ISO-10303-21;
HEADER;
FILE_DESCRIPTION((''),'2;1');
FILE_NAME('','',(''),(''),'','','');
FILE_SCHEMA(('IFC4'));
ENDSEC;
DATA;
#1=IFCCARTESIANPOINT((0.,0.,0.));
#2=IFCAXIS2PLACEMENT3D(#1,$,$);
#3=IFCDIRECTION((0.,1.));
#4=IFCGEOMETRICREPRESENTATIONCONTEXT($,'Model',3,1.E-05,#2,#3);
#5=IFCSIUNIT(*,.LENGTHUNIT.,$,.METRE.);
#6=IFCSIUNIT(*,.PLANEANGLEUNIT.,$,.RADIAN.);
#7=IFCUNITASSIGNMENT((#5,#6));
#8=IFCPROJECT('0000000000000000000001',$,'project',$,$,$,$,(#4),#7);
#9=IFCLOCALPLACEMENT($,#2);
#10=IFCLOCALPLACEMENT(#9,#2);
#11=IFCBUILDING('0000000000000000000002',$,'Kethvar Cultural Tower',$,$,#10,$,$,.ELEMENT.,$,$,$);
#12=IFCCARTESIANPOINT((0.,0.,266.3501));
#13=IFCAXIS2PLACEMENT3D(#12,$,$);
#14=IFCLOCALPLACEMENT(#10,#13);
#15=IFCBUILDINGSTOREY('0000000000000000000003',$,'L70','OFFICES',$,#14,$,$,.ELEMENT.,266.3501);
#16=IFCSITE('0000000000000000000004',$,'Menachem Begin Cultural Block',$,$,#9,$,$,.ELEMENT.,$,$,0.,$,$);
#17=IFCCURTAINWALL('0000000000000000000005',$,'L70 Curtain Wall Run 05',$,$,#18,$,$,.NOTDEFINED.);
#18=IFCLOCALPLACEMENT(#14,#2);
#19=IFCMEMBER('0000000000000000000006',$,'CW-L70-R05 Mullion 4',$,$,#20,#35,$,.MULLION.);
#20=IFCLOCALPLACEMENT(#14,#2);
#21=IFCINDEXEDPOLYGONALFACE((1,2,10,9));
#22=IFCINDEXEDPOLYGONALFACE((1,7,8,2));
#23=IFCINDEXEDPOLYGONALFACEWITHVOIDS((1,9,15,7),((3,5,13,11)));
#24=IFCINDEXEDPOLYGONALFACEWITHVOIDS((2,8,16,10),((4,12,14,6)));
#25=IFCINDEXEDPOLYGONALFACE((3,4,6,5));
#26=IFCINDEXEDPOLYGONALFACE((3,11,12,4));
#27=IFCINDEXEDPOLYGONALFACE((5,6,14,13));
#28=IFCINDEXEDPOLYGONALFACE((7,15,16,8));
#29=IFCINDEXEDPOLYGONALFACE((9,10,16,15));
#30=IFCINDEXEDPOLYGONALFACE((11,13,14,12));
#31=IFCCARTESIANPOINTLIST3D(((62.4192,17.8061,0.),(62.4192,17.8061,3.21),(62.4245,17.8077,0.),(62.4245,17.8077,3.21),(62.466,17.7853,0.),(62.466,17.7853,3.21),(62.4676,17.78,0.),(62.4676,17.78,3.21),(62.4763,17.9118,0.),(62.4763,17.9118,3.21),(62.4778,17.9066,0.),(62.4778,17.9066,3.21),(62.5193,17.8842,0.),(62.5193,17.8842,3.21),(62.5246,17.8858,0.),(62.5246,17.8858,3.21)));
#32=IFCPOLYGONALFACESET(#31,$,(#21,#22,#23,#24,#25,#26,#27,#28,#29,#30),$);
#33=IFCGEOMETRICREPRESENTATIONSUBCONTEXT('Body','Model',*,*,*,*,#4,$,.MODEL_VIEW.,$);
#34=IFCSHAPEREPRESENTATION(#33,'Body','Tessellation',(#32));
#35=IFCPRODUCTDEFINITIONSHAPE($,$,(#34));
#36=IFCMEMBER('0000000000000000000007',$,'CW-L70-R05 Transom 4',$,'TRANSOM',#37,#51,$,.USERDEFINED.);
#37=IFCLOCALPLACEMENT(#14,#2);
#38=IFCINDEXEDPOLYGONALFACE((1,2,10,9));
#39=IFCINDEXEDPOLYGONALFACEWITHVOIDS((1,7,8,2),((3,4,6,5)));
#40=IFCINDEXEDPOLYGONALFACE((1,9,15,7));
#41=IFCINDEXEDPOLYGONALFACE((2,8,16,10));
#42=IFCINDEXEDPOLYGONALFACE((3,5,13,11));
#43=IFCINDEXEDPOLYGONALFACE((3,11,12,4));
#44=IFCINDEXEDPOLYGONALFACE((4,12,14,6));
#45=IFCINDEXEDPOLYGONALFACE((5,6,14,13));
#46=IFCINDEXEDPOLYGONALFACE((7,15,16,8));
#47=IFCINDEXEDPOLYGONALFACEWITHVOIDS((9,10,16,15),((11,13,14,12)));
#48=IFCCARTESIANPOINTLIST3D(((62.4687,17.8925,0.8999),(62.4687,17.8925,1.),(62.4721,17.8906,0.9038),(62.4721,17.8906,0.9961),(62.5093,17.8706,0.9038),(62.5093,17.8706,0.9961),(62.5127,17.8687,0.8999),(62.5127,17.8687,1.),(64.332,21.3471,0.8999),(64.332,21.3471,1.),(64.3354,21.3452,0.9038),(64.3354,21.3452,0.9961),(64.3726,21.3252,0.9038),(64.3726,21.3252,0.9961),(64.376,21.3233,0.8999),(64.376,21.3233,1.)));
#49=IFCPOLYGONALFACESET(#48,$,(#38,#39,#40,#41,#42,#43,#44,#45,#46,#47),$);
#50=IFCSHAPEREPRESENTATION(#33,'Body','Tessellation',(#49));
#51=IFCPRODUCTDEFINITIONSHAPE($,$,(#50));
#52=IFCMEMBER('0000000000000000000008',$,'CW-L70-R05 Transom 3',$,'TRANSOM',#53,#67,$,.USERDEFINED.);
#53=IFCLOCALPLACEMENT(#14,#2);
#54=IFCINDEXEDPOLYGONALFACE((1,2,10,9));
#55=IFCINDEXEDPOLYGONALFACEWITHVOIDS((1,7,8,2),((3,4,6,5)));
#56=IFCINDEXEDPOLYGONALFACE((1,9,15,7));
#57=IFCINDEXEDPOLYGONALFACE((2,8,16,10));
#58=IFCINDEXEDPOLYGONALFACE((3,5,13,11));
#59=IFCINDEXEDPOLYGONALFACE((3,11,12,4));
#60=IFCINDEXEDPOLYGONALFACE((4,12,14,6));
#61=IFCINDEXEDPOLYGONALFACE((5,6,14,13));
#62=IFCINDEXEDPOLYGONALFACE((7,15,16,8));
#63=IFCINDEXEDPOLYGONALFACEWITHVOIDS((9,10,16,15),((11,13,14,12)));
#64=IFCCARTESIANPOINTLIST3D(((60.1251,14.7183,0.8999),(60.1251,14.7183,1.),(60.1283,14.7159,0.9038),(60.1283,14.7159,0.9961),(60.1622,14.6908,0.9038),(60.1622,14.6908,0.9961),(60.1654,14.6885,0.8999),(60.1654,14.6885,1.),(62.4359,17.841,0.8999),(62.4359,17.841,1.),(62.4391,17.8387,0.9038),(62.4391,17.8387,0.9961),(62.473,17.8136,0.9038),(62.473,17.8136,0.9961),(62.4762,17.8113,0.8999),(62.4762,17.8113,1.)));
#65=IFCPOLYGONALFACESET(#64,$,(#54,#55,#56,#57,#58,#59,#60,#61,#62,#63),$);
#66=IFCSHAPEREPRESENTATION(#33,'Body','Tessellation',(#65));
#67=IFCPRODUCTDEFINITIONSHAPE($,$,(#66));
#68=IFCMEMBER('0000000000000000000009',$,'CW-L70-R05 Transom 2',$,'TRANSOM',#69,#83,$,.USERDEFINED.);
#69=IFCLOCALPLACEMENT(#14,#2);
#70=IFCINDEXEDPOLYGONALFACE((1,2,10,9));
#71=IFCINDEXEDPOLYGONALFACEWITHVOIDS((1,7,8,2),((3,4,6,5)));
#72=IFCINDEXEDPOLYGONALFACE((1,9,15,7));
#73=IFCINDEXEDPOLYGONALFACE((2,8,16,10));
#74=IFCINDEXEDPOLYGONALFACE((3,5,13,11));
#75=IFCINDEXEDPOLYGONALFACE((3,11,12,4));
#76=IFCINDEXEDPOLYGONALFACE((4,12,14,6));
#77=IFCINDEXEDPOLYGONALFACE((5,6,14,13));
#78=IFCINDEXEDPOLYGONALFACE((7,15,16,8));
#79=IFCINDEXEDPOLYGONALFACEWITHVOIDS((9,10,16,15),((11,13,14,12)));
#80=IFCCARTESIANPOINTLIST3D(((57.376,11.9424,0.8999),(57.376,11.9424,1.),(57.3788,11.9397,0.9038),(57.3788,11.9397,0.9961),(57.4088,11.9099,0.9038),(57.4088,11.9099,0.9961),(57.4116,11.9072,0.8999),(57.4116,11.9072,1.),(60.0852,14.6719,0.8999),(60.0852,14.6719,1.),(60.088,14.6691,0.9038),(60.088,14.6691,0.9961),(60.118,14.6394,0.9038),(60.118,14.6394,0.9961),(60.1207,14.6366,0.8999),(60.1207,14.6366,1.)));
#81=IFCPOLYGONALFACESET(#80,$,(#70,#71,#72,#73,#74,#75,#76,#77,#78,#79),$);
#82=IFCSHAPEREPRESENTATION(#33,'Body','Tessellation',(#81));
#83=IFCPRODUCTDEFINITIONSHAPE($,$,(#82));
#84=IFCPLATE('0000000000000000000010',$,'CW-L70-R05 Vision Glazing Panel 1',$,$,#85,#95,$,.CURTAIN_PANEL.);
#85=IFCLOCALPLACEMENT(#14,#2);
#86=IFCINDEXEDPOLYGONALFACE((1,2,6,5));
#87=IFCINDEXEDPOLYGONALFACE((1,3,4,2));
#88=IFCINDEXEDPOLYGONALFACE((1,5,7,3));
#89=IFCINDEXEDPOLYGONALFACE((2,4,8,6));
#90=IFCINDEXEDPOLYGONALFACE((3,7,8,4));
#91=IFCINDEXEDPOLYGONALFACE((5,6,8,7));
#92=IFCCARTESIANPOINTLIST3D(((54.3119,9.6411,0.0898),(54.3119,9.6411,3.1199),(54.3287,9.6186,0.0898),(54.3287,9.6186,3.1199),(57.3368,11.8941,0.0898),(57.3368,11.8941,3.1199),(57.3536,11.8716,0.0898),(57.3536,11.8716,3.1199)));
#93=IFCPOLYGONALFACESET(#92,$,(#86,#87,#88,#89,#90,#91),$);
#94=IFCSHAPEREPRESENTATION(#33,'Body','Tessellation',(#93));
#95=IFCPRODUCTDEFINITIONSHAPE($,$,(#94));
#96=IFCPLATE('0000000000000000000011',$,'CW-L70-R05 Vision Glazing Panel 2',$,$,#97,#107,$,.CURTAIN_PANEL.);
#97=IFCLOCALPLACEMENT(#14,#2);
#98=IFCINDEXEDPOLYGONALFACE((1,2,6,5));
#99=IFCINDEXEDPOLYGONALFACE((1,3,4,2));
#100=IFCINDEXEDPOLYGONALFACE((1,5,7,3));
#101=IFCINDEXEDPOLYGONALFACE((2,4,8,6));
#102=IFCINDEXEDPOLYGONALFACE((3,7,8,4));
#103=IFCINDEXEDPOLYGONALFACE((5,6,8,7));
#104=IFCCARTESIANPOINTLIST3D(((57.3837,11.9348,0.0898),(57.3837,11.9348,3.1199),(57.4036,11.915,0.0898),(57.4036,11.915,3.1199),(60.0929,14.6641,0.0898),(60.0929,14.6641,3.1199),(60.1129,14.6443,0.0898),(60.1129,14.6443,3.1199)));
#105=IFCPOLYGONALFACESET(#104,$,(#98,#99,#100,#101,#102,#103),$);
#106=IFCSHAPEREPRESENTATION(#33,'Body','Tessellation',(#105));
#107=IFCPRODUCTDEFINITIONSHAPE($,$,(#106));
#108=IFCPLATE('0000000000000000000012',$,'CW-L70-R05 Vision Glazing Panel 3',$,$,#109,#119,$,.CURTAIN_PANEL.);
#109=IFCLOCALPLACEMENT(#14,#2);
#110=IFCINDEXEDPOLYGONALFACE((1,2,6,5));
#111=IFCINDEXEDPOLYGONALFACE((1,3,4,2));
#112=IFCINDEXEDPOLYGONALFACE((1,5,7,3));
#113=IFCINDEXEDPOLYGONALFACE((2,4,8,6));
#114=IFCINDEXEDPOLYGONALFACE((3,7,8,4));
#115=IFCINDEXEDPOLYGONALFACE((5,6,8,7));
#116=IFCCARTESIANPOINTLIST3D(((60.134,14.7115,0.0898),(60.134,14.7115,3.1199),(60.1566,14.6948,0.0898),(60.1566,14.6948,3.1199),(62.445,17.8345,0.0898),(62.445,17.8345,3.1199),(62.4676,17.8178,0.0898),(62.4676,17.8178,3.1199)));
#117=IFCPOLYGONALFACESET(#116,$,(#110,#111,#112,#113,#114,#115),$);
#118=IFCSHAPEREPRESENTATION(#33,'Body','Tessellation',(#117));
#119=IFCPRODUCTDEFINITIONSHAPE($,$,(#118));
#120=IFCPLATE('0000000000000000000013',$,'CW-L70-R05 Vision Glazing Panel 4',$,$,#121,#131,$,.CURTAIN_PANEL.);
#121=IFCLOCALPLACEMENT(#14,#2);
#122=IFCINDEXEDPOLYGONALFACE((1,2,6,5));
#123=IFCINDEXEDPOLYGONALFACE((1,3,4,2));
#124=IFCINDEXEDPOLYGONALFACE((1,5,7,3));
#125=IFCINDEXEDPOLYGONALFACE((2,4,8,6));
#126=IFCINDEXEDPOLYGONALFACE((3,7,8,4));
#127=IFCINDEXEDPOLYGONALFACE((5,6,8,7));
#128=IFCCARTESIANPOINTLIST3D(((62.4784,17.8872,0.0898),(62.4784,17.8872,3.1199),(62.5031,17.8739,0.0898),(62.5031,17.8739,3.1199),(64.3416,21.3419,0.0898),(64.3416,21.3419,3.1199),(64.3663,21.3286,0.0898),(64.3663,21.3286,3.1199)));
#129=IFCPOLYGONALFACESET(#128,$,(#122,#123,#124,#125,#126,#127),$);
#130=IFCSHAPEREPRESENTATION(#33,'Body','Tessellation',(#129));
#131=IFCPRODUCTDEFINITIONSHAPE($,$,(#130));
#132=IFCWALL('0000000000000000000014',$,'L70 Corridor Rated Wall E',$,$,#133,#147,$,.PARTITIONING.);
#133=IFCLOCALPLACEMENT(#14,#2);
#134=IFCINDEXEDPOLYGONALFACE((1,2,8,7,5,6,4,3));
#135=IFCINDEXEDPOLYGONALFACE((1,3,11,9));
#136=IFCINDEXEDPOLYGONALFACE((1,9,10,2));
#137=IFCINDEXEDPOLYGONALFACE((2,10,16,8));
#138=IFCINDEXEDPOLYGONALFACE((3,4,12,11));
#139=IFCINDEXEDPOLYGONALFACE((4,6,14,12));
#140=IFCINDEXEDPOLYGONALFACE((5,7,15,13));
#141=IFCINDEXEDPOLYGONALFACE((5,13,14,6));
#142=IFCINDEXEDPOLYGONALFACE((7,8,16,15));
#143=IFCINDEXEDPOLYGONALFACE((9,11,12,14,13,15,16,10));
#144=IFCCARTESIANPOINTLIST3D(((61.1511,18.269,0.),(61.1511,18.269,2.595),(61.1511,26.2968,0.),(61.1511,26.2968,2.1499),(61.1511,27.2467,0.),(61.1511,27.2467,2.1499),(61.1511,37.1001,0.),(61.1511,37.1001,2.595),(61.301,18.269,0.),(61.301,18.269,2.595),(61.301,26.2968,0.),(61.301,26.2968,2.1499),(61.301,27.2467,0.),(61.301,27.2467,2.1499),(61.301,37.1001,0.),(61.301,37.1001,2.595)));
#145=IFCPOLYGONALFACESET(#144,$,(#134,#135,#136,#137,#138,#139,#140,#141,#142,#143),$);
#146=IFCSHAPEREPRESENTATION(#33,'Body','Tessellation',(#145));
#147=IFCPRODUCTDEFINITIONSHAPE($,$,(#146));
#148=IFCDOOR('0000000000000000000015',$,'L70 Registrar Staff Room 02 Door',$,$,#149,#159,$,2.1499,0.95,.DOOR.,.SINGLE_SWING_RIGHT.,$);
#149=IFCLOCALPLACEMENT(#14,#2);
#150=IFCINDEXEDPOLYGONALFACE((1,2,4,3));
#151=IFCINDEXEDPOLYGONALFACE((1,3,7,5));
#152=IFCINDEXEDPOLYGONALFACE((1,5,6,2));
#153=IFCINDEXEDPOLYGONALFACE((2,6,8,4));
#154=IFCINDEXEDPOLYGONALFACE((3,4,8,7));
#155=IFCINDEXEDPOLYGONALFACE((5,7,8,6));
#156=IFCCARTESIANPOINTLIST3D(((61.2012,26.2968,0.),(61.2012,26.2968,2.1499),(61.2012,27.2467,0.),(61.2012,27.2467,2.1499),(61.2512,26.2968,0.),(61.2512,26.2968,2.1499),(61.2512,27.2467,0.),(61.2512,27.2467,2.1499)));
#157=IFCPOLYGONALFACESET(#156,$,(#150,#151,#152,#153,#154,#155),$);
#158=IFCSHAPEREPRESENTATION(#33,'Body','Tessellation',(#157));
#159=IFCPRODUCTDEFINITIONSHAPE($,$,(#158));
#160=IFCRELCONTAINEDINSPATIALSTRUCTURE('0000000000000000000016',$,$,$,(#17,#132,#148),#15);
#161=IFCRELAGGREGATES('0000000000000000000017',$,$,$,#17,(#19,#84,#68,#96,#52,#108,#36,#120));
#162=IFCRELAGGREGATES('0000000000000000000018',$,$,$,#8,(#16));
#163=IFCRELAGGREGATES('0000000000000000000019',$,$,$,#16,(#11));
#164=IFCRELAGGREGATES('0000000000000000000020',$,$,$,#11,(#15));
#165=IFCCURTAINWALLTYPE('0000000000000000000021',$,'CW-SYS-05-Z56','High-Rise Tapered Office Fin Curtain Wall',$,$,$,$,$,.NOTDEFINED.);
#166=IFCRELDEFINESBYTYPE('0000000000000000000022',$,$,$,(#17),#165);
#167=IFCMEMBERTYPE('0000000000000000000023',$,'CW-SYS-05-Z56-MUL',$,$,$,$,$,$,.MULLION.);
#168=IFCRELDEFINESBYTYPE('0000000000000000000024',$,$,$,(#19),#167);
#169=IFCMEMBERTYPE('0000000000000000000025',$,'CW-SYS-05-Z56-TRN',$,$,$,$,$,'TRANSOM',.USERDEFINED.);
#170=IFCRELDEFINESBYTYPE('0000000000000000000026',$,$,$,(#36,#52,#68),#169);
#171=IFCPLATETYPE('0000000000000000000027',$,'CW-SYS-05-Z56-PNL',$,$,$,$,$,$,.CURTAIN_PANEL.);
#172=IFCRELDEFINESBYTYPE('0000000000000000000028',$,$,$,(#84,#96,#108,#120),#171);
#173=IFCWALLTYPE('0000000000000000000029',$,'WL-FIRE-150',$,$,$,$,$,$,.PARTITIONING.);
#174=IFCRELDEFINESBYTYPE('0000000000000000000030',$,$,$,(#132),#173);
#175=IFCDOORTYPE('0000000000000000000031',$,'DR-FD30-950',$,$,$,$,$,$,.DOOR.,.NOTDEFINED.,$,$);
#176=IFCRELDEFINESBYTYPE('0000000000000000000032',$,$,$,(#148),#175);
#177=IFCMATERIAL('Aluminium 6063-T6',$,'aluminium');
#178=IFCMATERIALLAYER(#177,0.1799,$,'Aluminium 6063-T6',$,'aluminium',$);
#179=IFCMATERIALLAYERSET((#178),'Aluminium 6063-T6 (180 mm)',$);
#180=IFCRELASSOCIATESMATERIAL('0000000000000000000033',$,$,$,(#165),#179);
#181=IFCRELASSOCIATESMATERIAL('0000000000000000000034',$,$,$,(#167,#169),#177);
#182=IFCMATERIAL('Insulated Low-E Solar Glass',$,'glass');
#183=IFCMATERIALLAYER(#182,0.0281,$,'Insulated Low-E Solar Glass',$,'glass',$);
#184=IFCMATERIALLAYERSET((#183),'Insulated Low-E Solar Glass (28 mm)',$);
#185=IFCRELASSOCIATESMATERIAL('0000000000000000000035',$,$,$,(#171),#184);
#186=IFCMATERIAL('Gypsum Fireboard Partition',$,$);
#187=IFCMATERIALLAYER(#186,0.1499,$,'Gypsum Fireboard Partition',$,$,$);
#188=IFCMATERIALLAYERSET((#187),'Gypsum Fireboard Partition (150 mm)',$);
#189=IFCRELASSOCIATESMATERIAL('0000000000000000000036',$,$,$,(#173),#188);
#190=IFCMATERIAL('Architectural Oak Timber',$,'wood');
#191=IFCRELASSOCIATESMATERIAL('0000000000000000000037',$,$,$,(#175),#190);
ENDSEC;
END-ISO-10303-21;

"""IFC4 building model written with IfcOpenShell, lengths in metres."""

from ifc_helpers import new_model, si_unit, direction, frame, frame_2d, origin, origin_2d, place, context, subcontext, project, spatial, rectangle, hollow_rectangle, extrude, source, transform, mapped, material, layer, layer_set, material_profile, profile_set, type_object, element, fill, aggregate, save


model = new_model("IFC4")

# Units and contexts
model_context = context("Model", 3, precision=1e-05, world=origin(), true_north=direction((0.0, 1.0)))
body_context = subcontext(model_context, "Body", "Model", "MODEL_VIEW")
ifc_project = project(units=[si_unit("LENGTHUNIT", "METRE"), si_unit("PLANEANGLEUNIT", "RADIAN")], contexts=[model_context])

# Site, building, storey
site_placement = place(None, origin())
site = spatial("IfcSite", under=ifc_project, at=site_placement, Name="Menachem Begin Cultural Block", CompositionType="ELEMENT", RefElevation=0.0)
building_placement = place(site_placement, origin())
building = spatial("IfcBuilding", under=site, at=building_placement, Name="Kethvar Cultural Tower", CompositionType="ELEMENT")
storey_placement = place(building_placement, frame((0.0, 0.0, 266.3501)))
storey = spatial("IfcBuildingStorey", under=building, at=storey_placement, Name="L70", Description="OFFICES", CompositionType="ELEMENT", Elevation=266.3501)

# Curtain wall, members, plates
ifc_material_1 = material(Name="Aluminium 6063-T6", Category="aluminium")
ifc_layer_1 = layer(ifc_material_1, 0.1799, Name="Aluminium 6063-T6", Category="aluminium")
ifc_layer_set_1 = layer_set([ifc_layer_1], Name="Aluminium 6063-T6 (180 mm)")
curtain_wall_type = type_object("IfcCurtainWallType", Name="CW-SYS-05-Z56", Description="High-Rise Tapered Office Fin Curtain Wall", PredefinedType="NOTDEFINED", material=ifc_layer_set_1)
curtain_wall_placement = place(storey_placement, origin())
curtain_wall = element("IfcCurtainWall", 1, at=curtain_wall_placement, inside=storey, type_object=curtain_wall_type, Name="L70 Curtain Wall Run 05", PredefinedType="NOTDEFINED")
ifc_material_profile_1 = material_profile(ifc_material_1, hollow_rectangle(XDim=0.0549, YDim=0.1201, WallThickness=0.0039, at=origin_2d()), Name="Aluminium 6063-T6 — RHS120x55x4")
ifc_profile_set_1 = profile_set([ifc_material_profile_1], Name="Aluminium 6063-T6 — RHS120x55x4")
member_type_1 = type_object("IfcMemberType", Name="CW-SYS-05-Z56-MUL", PredefinedType="MULLION", material=ifc_profile_set_1)
shared_shape_1 = source(origin(), body_context, "Body", "SweptSolid", [
    extrude(hollow_rectangle(XDim=0.0549, YDim=0.1201, WallThickness=0.0039, at=origin_2d()), origin(), (0.0, 0.0, 1.0), 3.21),
])
member_1_placement = place(storey_placement, frame((62.4719, 17.8459, 0.0), z_axis=(0.0, 0.0, 1.0), x_axis=(-0.880154, 0.474687, 0.0)))
member_1 = element("IfcMember", 2, at=member_1_placement, type_object=member_type_1, Name="CW-L70-R05 Mullion 4", PredefinedType="MULLION", context=body_context, shape_type="MappedRepresentation", body=[
    mapped(shared_shape_1, transform((0.0, 0.0, 0.0), scale=1.0)),
])
ifc_material_profile_2 = material_profile(ifc_material_1, hollow_rectangle(XDim=0.05, YDim=0.1001, WallThickness=0.0039, at=origin_2d()), Name="Aluminium 6063-T6 — RHS100x50x4")
ifc_profile_set_2 = profile_set([ifc_material_profile_2], Name="Aluminium 6063-T6 — RHS100x50x4")
member_type_2 = type_object("IfcMemberType", Name="CW-SYS-05-Z56-TRN", ElementType="TRANSOM", PredefinedType="USERDEFINED", material=ifc_profile_set_2)
shared_shape_2 = source(origin(), body_context, "Body", "SweptSolid", [
    extrude(hollow_rectangle(XDim=0.05, YDim=0.1001, WallThickness=0.0039, at=origin_2d()), origin(), (0.0, 0.0, 1.0), 3.925),
])
member_2_placement = place(storey_placement, frame((62.4907, 17.8806, 0.95), z_axis=(0.474715, 0.880139, 0.0), x_axis=(-0.880139, 0.474715, 0.0)))
member_2 = element("IfcMember", 3, at=member_2_placement, type_object=member_type_2, Name="CW-L70-R05 Transom 4", ObjectType="TRANSOM", PredefinedType="USERDEFINED", context=body_context, shape_type="MappedRepresentation", body=[
    mapped(shared_shape_2, transform((0.0, 0.0, 0.0), scale=1.0)),
])
shared_shape_3 = source(origin(), body_context, "Body", "SweptSolid", [
    extrude(hollow_rectangle(XDim=0.05, YDim=0.1001, WallThickness=0.0039, at=origin_2d()), origin(), (0.0, 0.0, 1.0), 3.8848),
])
member_3_placement = place(storey_placement, frame((60.1453, 14.7034, 0.95), z_axis=(0.594829, 0.803852, 0.0), x_axis=(-0.803852, 0.594829, 0.0)))
member_3 = element("IfcMember", 4, at=member_3_placement, type_object=member_type_2, Name="CW-L70-R05 Transom 3", ObjectType="TRANSOM", PredefinedType="USERDEFINED", context=body_context, shape_type="MappedRepresentation", body=[
    mapped(shared_shape_3, transform((0.0, 0.0, 0.0), scale=1.0)),
])
shared_shape_4 = source(origin(), body_context, "Body", "SweptSolid", [
    extrude(hollow_rectangle(XDim=0.05, YDim=0.1001, WallThickness=0.0039, at=origin_2d()), origin(), (0.0, 0.0, 1.0), 3.8457),
])
member_4_placement = place(storey_placement, frame((57.3938, 11.9248, 0.95), z_axis=(0.704467, 0.709736, 0.0), x_axis=(-0.709736, 0.704467, 0.0)))
member_4 = element("IfcMember", 5, at=member_4_placement, type_object=member_type_2, Name="CW-L70-R05 Transom 2", ObjectType="TRANSOM", PredefinedType="USERDEFINED", context=body_context, shape_type="MappedRepresentation", body=[
    mapped(shared_shape_4, transform((0.0, 0.0, 0.0), scale=1.0)),
])
ifc_material_2 = material(Name="Insulated Low-E Solar Glass", Category="glass")
ifc_layer_2 = layer(ifc_material_2, 0.0281, Name="Insulated Low-E Solar Glass", Category="glass")
ifc_layer_set_2 = layer_set([ifc_layer_2], Name="Insulated Low-E Solar Glass (28 mm)")
plate_type = type_object("IfcPlateType", Name="CW-SYS-05-Z56-PNL", PredefinedType="CURTAIN_PANEL", material=ifc_layer_set_2)
shared_shape_5 = source(origin(), body_context, "Body", "SweptSolid", [
    extrude(rectangle(XDim=3.7717, YDim=0.0281, at=origin_2d()), origin(), (0.0, 0.0, 1.0), 3.03),
])
plate_1_placement = place(storey_placement, frame((55.8328, 10.7563, 0.0898), z_axis=(0.0, 0.0, 1.0), x_axis=(0.801995, 0.597331, 0.0)))
plate_1 = element("IfcPlate", 6, at=plate_1_placement, type_object=plate_type, Name="CW-L70-R05 Vision Glazing Panel 1", PredefinedType="CURTAIN_PANEL", context=body_context, shape_type="MappedRepresentation", body=[
    mapped(shared_shape_5, transform((0.0, 0.0, 0.0), scale=1.0)),
])
shared_shape_6 = source(origin(), body_context, "Body", "SweptSolid", [
    extrude(rectangle(XDim=3.8457, YDim=0.0281, at=origin_2d()), origin(), (0.0, 0.0, 1.0), 3.03),
])
plate_2_placement = place(storey_placement, frame((58.7483, 13.2896, 0.0898), z_axis=(0.0, 0.0, 1.0), x_axis=(0.704486, 0.709718, 0.0)))
plate_2 = element("IfcPlate", 7, at=plate_2_placement, type_object=plate_type, Name="CW-L70-R05 Vision Glazing Panel 2", PredefinedType="CURTAIN_PANEL", context=body_context, shape_type="MappedRepresentation", body=[
    mapped(shared_shape_6, transform((0.0, 0.0, 0.0), scale=1.0)),
])
shared_shape_7 = source(origin(), body_context, "Body", "SweptSolid", [
    extrude(rectangle(XDim=3.885, YDim=0.0281, at=origin_2d()), origin(), (0.0, 0.0, 1.0), 3.03),
])
plate_3_placement = place(storey_placement, frame((61.3008, 16.2646, 0.0898), z_axis=(0.0, 0.0, 1.0), x_axis=(0.594851, 0.803836, 0.0)))
plate_3 = element("IfcPlate", 8, at=plate_3_placement, type_object=plate_type, Name="CW-L70-R05 Vision Glazing Panel 3", PredefinedType="CURTAIN_PANEL", context=body_context, shape_type="MappedRepresentation", body=[
    mapped(shared_shape_7, transform((0.0, 0.0, 0.0), scale=1.0)),
])
shared_shape_8 = source(origin(), body_context, "Body", "SweptSolid", [
    extrude(rectangle(XDim=3.925, YDim=0.0281, at=origin_2d()), origin(), (0.0, 0.0, 1.0), 3.03),
])
plate_4_placement = place(storey_placement, frame((63.4224, 19.6079, 0.0898), z_axis=(0.0, 0.0, 1.0), x_axis=(0.474687, 0.880154, 0.0)))
plate_4 = element("IfcPlate", 9, at=plate_4_placement, type_object=plate_type, Name="CW-L70-R05 Vision Glazing Panel 4", PredefinedType="CURTAIN_PANEL", context=body_context, shape_type="MappedRepresentation", body=[
    mapped(shared_shape_8, transform((0.0, 0.0, 0.0), scale=1.0)),
])
aggregate(curtain_wall, [member_1, plate_1, member_4, plate_2, member_3, plate_3, member_2, plate_4])

# Wall, opening, door
ifc_material_3 = material(Name="Gypsum Fireboard Partition")
ifc_layer_3 = layer(ifc_material_3, 0.1499, Name="Gypsum Fireboard Partition")
ifc_layer_set_3 = layer_set([ifc_layer_3], Name="Gypsum Fireboard Partition (150 mm)")
wall_type_1 = type_object("IfcWallType", Name="WL-FIRE-150", PredefinedType="PARTITIONING", material=ifc_layer_set_3)
wall_1_placement = place(storey_placement, frame((61.2261, 18.269, 0.0), z_axis=(0.0, 0.0, 1.0), x_axis=(0.0, 1.0, 0.0)))
wall_1 = element("IfcWall", 10, at=wall_1_placement, inside=storey, type_object=wall_type_1, Name="L70 Corridor Rated Wall E", PredefinedType="PARTITIONING", context=body_context, shape_type="SweptSolid", body=[
    extrude(rectangle(XDim=18.8311, YDim=0.1499, at=frame_2d((9.4155, 0.0))), origin(), (0.0, 0.0, 1.0), 2.595),
])
opening_placement = place(wall_1_placement, frame((8.0276, 0.0, 0.0)))
opening = element("IfcOpeningElement", 11, at=opening_placement, cuts=wall_1, PredefinedType="OPENING", context=body_context, shape_type="SweptSolid", body=[
    extrude(rectangle(XDim=0.95, YDim=2.1499, at=frame_2d((0.4751, 1.075))), frame((0.0, 0.085, 0.0), z_axis=(0.0, -1.0, 0.0), x_axis=(1.0, 0.0, 0.0)), (0.0, 0.0, 1.0), 0.1699),
])
ifc_material_4 = material(Name="Architectural Oak Timber", Category="wood")
door_type = type_object("IfcDoorType", Name="DR-FD30-950", OperationType="NOTDEFINED", PredefinedType="DOOR", material=ifc_material_4)
shared_shape_9 = source(origin(), body_context, "Body", "SweptSolid", [
    extrude(rectangle(XDim=0.95, YDim=2.1499, at=frame_2d((0.4751, 1.075))), frame((0.0, 0.0249, 0.0), z_axis=(0.0, -1.0, 0.0), x_axis=(1.0, 0.0, 0.0)), (0.0, 0.0, 1.0), 0.05),
])
door_placement = place(opening_placement, origin())
door = element("IfcDoor", 12, at=door_placement, inside=storey, type_object=door_type, Name="L70 Registrar Staff Room 02 Door", OperationType="SINGLE_SWING_RIGHT", OverallHeight=2.1499, OverallWidth=0.95, PredefinedType="DOOR", context=body_context, shape_type="MappedRepresentation", body=[
    mapped(shared_shape_9, transform((0.0, 0.0, 0.0), scale=1.0)),
])
fill(opening, door)

save(model, "model.ifc")
